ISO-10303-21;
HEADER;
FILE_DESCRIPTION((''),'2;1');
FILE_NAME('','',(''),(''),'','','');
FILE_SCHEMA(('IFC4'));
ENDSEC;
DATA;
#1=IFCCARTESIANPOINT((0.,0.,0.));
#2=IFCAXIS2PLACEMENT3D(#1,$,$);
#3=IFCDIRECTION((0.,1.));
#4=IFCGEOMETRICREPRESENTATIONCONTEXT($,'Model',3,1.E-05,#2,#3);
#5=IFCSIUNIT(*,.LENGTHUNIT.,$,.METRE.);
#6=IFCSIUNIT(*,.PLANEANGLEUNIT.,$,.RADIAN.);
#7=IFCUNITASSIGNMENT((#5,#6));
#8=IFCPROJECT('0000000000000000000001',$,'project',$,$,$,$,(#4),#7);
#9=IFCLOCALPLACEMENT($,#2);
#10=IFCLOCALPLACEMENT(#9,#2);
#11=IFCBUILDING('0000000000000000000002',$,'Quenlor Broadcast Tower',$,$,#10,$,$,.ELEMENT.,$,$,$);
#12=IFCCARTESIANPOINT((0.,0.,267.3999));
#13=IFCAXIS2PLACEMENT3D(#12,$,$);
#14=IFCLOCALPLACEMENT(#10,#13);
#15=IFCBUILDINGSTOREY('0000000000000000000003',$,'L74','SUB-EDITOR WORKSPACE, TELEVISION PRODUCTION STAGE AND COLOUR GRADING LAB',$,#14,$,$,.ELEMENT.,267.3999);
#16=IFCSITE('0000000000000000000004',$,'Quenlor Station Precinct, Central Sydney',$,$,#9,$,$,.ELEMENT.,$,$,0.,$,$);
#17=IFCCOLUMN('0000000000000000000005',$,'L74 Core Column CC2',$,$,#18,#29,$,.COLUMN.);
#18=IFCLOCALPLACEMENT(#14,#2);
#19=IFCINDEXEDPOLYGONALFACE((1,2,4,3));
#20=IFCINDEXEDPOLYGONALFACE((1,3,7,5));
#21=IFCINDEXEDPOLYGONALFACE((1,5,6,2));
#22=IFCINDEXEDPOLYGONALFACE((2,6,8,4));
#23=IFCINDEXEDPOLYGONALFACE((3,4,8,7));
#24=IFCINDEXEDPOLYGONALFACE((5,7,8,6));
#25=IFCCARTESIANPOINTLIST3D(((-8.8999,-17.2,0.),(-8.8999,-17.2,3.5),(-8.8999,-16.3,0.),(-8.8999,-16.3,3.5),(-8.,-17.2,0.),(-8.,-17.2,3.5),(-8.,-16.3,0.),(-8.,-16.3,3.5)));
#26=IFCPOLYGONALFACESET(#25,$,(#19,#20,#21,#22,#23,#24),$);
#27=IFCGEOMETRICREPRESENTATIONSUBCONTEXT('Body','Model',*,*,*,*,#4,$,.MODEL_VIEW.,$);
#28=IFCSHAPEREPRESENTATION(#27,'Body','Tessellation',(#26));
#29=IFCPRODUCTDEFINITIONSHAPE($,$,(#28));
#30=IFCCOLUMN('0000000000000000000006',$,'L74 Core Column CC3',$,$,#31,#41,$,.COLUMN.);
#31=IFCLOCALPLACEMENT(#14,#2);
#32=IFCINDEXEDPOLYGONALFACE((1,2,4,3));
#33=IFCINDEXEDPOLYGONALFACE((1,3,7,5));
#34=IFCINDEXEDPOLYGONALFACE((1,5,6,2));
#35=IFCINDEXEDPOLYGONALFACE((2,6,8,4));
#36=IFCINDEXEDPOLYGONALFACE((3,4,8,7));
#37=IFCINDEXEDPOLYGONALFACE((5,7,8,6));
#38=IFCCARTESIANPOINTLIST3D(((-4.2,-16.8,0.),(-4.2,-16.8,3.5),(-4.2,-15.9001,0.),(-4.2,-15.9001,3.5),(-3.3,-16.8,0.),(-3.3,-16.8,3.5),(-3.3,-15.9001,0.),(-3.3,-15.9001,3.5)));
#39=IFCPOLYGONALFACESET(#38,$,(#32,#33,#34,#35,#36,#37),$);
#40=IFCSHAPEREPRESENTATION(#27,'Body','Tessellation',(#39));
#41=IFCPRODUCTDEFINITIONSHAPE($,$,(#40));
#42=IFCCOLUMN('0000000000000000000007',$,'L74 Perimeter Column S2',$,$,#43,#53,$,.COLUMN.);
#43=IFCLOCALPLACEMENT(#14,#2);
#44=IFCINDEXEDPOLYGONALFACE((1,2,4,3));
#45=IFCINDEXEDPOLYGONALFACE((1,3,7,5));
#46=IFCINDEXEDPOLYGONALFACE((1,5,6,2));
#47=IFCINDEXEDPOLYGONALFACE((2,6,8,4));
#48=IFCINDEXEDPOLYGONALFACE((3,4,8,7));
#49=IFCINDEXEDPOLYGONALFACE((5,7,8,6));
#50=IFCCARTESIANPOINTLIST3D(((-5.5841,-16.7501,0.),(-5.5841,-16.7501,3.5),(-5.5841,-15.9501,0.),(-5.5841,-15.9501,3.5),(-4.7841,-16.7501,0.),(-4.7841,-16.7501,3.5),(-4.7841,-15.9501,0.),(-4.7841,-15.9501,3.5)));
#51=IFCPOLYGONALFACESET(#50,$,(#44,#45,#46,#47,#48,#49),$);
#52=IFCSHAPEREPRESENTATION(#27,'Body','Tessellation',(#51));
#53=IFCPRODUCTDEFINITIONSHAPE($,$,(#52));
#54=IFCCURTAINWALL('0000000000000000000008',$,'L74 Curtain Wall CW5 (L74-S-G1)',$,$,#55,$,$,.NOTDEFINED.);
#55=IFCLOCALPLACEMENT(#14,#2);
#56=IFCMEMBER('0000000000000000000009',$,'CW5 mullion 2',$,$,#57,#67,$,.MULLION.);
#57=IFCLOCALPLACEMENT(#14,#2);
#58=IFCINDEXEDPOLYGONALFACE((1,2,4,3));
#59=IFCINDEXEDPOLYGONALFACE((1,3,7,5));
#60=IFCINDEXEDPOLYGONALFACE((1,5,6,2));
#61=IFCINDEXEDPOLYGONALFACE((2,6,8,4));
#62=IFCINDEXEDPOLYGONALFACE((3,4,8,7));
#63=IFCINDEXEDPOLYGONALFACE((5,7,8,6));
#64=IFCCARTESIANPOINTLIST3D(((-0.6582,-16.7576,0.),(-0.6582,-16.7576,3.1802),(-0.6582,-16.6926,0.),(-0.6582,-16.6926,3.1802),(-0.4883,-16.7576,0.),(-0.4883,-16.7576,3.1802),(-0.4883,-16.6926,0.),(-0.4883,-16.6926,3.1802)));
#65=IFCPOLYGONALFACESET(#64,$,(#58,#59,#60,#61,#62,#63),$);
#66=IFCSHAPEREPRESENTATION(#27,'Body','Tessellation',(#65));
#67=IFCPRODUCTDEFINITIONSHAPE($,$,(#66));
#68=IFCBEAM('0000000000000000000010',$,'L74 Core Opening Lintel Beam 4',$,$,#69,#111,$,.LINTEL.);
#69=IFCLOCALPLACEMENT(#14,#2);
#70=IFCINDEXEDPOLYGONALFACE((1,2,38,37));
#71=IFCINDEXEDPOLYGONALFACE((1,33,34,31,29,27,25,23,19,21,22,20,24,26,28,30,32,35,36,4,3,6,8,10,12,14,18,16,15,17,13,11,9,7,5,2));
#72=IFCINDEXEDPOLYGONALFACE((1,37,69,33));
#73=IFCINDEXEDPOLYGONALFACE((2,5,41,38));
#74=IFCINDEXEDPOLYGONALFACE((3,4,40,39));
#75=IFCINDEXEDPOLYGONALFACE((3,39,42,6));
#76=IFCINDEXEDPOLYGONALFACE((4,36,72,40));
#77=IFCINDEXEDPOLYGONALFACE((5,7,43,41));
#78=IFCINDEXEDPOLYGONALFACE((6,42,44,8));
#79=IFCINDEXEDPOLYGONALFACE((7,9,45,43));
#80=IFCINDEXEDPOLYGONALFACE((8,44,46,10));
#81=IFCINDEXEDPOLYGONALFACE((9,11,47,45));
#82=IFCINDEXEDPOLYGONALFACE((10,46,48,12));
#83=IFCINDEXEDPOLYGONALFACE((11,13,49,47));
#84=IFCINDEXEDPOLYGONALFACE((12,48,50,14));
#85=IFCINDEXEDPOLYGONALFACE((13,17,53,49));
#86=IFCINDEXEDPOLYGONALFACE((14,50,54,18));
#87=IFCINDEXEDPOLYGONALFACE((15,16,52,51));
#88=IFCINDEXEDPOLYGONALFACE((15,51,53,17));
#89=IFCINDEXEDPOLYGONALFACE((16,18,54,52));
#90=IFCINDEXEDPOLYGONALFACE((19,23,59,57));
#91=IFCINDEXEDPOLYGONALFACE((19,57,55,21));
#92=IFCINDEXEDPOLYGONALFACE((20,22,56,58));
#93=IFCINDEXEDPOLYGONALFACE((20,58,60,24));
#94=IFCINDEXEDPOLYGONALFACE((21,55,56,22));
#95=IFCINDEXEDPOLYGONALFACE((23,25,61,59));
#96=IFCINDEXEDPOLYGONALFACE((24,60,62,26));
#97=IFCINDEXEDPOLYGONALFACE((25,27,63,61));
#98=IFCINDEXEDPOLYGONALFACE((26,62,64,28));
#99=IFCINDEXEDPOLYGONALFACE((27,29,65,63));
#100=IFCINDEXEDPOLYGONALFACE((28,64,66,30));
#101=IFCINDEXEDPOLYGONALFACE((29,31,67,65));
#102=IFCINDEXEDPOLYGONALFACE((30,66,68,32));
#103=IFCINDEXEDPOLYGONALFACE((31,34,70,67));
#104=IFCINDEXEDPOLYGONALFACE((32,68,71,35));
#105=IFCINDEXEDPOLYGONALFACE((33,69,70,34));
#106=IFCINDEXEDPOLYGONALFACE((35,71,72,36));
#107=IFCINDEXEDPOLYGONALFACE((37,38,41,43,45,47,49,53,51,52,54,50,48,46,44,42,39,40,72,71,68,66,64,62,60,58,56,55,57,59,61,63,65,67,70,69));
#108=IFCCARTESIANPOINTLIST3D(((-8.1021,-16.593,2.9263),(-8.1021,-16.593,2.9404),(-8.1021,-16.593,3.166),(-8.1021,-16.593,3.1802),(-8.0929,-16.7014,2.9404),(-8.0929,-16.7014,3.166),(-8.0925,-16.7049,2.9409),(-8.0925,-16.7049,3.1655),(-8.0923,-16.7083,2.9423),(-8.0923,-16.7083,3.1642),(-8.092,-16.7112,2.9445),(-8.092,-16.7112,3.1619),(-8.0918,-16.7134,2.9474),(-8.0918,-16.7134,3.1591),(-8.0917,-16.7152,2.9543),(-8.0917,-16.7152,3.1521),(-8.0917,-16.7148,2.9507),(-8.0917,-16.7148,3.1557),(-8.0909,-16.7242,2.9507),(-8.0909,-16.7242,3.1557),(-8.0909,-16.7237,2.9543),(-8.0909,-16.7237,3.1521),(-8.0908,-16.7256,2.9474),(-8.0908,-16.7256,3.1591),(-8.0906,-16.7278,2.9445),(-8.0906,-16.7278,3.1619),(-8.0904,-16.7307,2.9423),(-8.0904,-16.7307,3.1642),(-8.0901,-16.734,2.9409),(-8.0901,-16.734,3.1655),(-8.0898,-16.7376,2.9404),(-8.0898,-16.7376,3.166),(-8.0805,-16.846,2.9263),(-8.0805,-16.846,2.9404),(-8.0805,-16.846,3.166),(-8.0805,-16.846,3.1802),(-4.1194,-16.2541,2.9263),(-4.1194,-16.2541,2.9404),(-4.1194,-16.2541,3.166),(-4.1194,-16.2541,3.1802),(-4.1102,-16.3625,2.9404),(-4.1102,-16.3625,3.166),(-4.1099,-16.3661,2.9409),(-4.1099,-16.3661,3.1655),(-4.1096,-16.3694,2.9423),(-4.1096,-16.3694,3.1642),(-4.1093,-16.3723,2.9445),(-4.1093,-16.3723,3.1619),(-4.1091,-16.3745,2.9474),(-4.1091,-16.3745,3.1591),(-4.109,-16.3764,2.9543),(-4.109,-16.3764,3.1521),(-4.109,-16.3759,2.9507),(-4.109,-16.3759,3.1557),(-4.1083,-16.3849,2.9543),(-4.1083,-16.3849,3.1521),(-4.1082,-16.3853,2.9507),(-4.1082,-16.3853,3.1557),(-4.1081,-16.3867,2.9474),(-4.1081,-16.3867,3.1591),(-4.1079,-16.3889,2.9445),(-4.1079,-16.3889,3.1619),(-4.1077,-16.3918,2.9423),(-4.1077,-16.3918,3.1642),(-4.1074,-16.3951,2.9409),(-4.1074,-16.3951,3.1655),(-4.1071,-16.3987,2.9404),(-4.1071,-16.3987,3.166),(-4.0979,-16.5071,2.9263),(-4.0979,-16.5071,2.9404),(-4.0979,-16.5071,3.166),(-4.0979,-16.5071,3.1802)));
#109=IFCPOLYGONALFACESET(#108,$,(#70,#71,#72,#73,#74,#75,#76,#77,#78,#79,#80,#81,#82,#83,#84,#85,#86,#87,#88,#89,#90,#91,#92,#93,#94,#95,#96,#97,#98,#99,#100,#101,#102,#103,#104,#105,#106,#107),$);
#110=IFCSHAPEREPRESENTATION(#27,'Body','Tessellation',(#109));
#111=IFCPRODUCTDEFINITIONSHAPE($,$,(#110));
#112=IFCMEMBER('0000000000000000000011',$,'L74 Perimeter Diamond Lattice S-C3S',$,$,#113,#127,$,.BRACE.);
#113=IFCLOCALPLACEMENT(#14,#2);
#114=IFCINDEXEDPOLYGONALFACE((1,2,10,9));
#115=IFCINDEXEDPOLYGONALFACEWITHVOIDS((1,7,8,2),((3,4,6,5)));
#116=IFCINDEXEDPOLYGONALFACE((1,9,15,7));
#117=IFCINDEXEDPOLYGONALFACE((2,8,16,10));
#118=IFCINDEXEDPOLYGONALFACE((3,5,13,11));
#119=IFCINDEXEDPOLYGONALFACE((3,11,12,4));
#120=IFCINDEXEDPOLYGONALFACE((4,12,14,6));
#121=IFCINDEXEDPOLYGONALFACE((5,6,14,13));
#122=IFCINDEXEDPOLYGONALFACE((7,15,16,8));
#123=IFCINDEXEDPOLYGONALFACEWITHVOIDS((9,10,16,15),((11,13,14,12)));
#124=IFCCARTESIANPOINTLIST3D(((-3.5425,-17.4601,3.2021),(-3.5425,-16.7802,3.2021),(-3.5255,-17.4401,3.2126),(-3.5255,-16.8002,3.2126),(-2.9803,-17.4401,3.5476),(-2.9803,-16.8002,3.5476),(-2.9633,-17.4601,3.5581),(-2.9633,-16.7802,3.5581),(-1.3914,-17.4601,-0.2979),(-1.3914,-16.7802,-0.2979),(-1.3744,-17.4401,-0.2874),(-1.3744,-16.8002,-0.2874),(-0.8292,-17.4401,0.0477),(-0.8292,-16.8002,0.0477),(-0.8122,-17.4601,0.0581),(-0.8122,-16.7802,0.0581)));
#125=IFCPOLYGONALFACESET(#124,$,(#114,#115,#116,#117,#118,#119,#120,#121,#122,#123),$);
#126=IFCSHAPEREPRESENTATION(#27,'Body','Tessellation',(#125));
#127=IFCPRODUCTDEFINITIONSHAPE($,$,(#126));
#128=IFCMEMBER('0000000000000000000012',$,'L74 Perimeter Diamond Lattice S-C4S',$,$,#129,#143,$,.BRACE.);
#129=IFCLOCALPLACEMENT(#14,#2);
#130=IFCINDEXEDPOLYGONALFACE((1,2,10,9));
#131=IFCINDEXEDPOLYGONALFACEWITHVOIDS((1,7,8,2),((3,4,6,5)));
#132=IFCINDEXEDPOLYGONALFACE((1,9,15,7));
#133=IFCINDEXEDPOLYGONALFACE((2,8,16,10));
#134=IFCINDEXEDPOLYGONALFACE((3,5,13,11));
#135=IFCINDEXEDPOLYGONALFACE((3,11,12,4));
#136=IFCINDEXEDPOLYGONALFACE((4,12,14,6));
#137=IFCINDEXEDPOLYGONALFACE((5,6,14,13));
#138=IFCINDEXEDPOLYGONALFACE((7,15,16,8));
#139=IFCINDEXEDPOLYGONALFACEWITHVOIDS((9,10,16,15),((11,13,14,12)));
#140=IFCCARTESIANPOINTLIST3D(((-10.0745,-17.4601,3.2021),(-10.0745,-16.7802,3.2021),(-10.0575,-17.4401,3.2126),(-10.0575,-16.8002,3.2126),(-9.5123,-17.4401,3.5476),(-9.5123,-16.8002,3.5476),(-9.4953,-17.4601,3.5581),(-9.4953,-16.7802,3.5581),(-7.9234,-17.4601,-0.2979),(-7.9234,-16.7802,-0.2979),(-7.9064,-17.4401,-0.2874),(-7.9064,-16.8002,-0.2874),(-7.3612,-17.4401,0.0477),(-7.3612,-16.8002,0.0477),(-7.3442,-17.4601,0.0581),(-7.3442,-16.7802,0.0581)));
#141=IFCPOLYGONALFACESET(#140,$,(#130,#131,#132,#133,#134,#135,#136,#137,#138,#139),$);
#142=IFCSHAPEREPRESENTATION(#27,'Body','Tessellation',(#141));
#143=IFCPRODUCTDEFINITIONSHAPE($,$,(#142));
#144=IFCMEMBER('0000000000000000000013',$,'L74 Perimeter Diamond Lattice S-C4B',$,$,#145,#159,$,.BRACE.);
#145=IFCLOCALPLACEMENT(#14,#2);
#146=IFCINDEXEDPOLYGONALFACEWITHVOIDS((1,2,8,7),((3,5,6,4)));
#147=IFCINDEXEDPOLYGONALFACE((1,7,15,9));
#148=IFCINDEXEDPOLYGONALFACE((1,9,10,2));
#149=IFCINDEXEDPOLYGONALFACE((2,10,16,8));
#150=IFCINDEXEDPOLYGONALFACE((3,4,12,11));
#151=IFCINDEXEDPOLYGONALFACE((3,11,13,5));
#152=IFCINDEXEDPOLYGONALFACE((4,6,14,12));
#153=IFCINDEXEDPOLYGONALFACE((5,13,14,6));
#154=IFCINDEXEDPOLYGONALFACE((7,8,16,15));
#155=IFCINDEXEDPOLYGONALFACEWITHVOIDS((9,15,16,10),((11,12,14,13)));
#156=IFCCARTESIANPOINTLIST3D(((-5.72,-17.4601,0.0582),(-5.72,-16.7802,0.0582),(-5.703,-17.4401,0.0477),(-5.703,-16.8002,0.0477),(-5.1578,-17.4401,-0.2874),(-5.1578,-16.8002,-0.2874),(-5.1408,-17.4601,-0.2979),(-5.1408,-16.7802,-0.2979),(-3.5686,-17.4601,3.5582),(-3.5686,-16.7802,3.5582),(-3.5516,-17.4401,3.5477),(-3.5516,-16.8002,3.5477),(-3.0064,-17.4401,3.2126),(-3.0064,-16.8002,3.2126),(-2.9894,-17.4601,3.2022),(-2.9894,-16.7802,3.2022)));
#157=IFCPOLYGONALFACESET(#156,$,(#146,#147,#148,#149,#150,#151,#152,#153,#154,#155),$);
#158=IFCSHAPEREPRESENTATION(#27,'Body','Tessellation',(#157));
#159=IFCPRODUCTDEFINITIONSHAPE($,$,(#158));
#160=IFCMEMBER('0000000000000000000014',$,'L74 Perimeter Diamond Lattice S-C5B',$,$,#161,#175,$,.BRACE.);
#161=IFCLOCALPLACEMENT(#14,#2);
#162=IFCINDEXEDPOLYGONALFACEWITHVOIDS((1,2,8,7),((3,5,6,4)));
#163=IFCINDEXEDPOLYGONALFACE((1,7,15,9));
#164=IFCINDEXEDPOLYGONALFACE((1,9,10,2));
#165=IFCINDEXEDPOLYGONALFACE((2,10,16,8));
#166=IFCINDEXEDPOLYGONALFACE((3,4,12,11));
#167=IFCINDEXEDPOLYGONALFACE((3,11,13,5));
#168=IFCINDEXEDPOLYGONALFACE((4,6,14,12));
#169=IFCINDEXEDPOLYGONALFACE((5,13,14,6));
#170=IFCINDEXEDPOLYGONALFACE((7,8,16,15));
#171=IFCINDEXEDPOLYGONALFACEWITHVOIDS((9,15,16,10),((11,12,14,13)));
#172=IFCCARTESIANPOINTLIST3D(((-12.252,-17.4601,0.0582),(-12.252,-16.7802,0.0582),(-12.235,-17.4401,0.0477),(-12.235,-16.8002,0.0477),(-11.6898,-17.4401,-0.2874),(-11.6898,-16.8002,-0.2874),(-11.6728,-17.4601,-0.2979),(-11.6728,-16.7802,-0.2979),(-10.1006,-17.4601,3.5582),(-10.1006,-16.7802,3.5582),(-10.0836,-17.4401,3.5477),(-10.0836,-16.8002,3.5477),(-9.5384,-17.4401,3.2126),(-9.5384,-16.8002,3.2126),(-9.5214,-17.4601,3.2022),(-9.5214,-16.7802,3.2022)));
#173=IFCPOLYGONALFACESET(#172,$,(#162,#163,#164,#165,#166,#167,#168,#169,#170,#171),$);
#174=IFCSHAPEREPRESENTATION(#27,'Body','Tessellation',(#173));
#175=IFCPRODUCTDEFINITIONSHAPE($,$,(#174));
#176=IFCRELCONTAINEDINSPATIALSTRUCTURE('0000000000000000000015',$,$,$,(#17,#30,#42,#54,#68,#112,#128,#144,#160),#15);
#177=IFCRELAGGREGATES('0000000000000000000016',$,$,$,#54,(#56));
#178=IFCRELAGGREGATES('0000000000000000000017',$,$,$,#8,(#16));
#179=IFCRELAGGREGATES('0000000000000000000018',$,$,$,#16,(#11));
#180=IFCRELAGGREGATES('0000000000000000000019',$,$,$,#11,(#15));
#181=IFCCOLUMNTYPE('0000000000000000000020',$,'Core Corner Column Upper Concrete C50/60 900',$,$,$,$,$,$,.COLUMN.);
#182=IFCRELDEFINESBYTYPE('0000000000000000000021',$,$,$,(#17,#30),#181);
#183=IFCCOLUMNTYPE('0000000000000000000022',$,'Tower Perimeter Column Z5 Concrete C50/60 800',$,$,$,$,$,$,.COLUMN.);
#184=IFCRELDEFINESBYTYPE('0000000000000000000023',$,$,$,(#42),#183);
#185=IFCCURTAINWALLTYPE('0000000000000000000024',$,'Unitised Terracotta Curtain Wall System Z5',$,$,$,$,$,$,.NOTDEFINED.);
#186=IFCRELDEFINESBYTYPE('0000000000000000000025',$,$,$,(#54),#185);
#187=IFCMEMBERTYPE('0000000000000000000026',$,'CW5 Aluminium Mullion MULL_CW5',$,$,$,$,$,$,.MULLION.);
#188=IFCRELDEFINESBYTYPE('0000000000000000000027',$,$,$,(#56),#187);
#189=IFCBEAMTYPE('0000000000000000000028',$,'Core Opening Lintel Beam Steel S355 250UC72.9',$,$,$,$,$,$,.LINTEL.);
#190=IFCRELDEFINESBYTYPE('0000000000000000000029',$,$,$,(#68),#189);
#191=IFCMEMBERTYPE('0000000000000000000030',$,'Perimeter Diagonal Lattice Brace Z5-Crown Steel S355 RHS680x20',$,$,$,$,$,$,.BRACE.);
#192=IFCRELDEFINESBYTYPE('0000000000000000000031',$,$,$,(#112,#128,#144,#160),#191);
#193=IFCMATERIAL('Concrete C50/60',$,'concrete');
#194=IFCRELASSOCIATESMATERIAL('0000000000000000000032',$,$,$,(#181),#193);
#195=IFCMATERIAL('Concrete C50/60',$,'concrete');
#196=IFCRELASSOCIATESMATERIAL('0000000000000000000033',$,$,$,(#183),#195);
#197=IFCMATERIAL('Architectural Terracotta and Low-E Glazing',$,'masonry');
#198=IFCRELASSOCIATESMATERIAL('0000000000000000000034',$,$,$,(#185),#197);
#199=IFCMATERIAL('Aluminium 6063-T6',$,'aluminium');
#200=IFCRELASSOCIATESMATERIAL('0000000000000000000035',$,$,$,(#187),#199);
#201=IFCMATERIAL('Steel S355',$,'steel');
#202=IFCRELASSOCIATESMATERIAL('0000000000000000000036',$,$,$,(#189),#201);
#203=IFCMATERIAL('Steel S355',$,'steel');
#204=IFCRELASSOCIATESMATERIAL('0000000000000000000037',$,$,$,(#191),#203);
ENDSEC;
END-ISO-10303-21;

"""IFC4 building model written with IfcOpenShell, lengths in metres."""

from ifc_helpers import new_model, si_unit, direction, frame, origin, origin_2d, place, context, subcontext, project, spatial, rectangle, hollow_rectangle, i_section, extrude, material, material_profile, profile_set, type_object, element, aggregate, save


model = new_model("IFC4")

# Units and contexts
model_context = context("Model", 3, precision=1e-05, world=origin(), true_north=direction((0.0, 1.0)))
body_context = subcontext(model_context, "Body", "Model", "MODEL_VIEW")
ifc_project = project(units=[si_unit("LENGTHUNIT", "METRE"), si_unit("PLANEANGLEUNIT", "RADIAN")], contexts=[model_context])

# Site, building, storey
site_placement = place(None, origin())
site = spatial("IfcSite", under=ifc_project, at=site_placement, Name="Quenlor Station Precinct, Central Sydney", CompositionType="ELEMENT", RefElevation=0.0)
building_placement = place(site_placement, origin())
building = spatial("IfcBuilding", under=site, at=building_placement, Name="Quenlor Broadcast Tower", CompositionType="ELEMENT")
storey_placement = place(building_placement, frame((0.0, 0.0, 267.3999)))
storey = spatial("IfcBuildingStorey", under=building, at=storey_placement, Name="L74", Description="SUB-EDITOR WORKSPACE, TELEVISION PRODUCTION STAGE AND COLOUR GRADING LAB", CompositionType="ELEMENT", Elevation=267.3999)

# Columns
ifc_material_1 = material(Name="Concrete C50/60", Category="concrete")
ifc_material_profile_1 = material_profile(ifc_material_1, rectangle(XDim=0.8999, YDim=0.8999, at=origin_2d()))
ifc_profile_set_1 = profile_set([ifc_material_profile_1], Name="Concrete C50/60 RC900x900")
column_type_1 = type_object("IfcColumnType", Name="Core Corner Column Upper Concrete C50/60 900", PredefinedType="COLUMN", material=ifc_profile_set_1)
for number, where, z_axis, x_axis, name in (
    (1, (-8.45, -16.75, 0.0), (0.0, 0.0, 1.0), (1.0, 0.0, 0.0), "L74 Core Column CC2"),
    (2, (-3.75, -16.3501, 0.0), (0.0, 0.0, 1.0), (1.0, 0.0, 0.0), "L74 Core Column CC3"),
):
    element("IfcColumn", number, at=place(storey_placement, frame(where, z_axis=z_axis, x_axis=x_axis)), inside=storey, type_object=column_type_1, Name=name, PredefinedType="COLUMN", context=body_context, shape_type="SweptSolid", body=[
        extrude(rectangle(XDim=0.8999, YDim=0.8999, at=origin_2d()), origin(), (0.0, 0.0, 1.0), 3.5),
    ])
ifc_material_2 = material(Name="Concrete C50/60", Category="concrete")
ifc_material_profile_2 = material_profile(ifc_material_2, rectangle(XDim=0.8, YDim=0.8, at=origin_2d()))
ifc_profile_set_2 = profile_set([ifc_material_profile_2], Name="Concrete C50/60 RC800x800")
column_type_2 = type_object("IfcColumnType", Name="Tower Perimeter Column Z5 Concrete C50/60 800", PredefinedType="COLUMN", material=ifc_profile_set_2)
column_placement = place(storey_placement, frame((-5.1841, -16.3501, 0.0), z_axis=(0.0, 0.0, 1.0), x_axis=(0.0, 1.0, 0.0)))
element("IfcColumn", 3, at=column_placement, inside=storey, type_object=column_type_2, Name="L74 Perimeter Column S2", PredefinedType="COLUMN", context=body_context, shape_type="SweptSolid", body=[
    extrude(rectangle(XDim=0.8, YDim=0.8, at=origin_2d()), origin(), (0.0, 0.0, 1.0), 3.5),
])

# Curtain wall, member
ifc_material_3 = material(Name="Architectural Terracotta and Low-E Glazing", Category="masonry")
curtain_wall_type = type_object("IfcCurtainWallType", Name="Unitised Terracotta Curtain Wall System Z5", PredefinedType="NOTDEFINED", material=ifc_material_3)
curtain_wall_placement = place(storey_placement, origin())
curtain_wall = element("IfcCurtainWall", 4, at=curtain_wall_placement, inside=storey, type_object=curtain_wall_type, Name="L74 Curtain Wall CW5 (L74-S-G1)", PredefinedType="NOTDEFINED")
ifc_material_4 = material(Name="Aluminium 6063-T6", Category="aluminium")
ifc_material_profile_3 = material_profile(ifc_material_4, rectangle(XDim=0.0649, YDim=0.1699, at=origin_2d()))
ifc_profile_set_3 = profile_set([ifc_material_profile_3], Name="Aluminium 6063-T6 MULL65x170")
member_type_1 = type_object("IfcMemberType", Name="CW5 Aluminium Mullion MULL_CW5", PredefinedType="MULLION", material=ifc_profile_set_3)
member_placement = place(storey_placement, frame((-0.5732, -16.7251, 0.0), z_axis=(0.0, 0.0, 1.0), x_axis=(0.0, -1.0, 0.0)))
member = element("IfcMember", 5, at=member_placement, type_object=member_type_1, Name="CW5 mullion 2", PredefinedType="MULLION", context=body_context, shape_type="SweptSolid", body=[
    extrude(rectangle(XDim=0.0649, YDim=0.1699, at=origin_2d()), origin(), (0.0, 0.0, 1.0), 3.1802),
])

# Beam
ifc_material_5 = material(Name="Steel S355", Category="steel")
ifc_material_profile_4 = material_profile(ifc_material_5, i_section(OverallWidth=0.2539, OverallDepth=0.2539, WebThickness=0.0085, FlangeThickness=0.0142, FilletRadius=0.0139, at=origin_2d()))
ifc_profile_set_4 = profile_set([ifc_material_profile_4], Name="Steel S355 250UC72.9")
beam_type_1 = type_object("IfcBeamType", Name="Core Opening Lintel Beam Steel S355 250UC72.9", PredefinedType="LINTEL", material=ifc_profile_set_4)
beam_1_placement = place(storey_placement, frame((-8.0913, -16.7195, 3.0532), z_axis=(0.9964, 0.084779, 0.0), x_axis=(-0.084779, 0.9964, 0.0)))
element("IfcBeam", 6, at=beam_1_placement, inside=storey, type_object=beam_type_1, Name="L74 Core Opening Lintel Beam 4", PredefinedType="LINTEL", context=body_context, shape_type="SweptSolid", body=[
    extrude(i_section(OverallWidth=0.2539, OverallDepth=0.2539, WebThickness=0.0085, FlangeThickness=0.0142, FilletRadius=0.0139, at=origin_2d()), origin(), (0.0, 0.0, 1.0), 3.9971),
])

# Members
ifc_material_6 = material(Name="Steel S355", Category="steel")
ifc_material_profile_5 = material_profile(ifc_material_6, hollow_rectangle(XDim=0.6799, YDim=0.6799, WallThickness=0.02, at=origin_2d()))
ifc_profile_set_5 = profile_set([ifc_material_profile_5], Name="Steel S355 RHS680x680x20")
member_type_2 = type_object("IfcMemberType", Name="Perimeter Diagonal Lattice Brace Z5-Crown Steel S355 RHS680x20", PredefinedType="BRACE", material=ifc_profile_set_5)
for number, where, z_axis, x_axis, name in (
    (7, (-1.1018, -17.1201, -0.1199), (-0.523617, 0.0, 0.851954), (0.0, -1.0, 0.0), "L74 Perimeter Diamond Lattice S-C3S"),
    (8, (-7.6338, -17.1201, -0.1199), (-0.523617, 0.0, 0.851954), (0.0, -1.0, 0.0), "L74 Perimeter Diamond Lattice S-C4S"),
):
    element("IfcMember", number, at=place(storey_placement, frame(where, z_axis=z_axis, x_axis=x_axis)), inside=storey, type_object=member_type_2, Name=name, PredefinedType="BRACE", context=body_context, shape_type="SweptSolid", body=[
        extrude(hollow_rectangle(XDim=0.6799, YDim=0.6799, WallThickness=0.02, at=origin_2d()), origin(), (0.0, 0.0, 1.0), 4.1082),
    ])
for number, where, z_axis, x_axis, name in (
    (9, (-5.4304, -17.1201, -0.1199), (0.52366, 0.0, 0.851928), (0.0, 1.0, 0.0), "L74 Perimeter Diamond Lattice S-C4B"),
    (10, (-11.9624, -17.1201, -0.1199), (0.52366, 0.0, 0.851928), (0.0, 1.0, 0.0), "L74 Perimeter Diamond Lattice S-C5B"),
):
    element("IfcMember", number, at=place(storey_placement, frame(where, z_axis=z_axis, x_axis=x_axis)), inside=storey, type_object=member_type_2, Name=name, PredefinedType="BRACE", context=body_context, shape_type="SweptSolid", body=[
        extrude(hollow_rectangle(XDim=0.6799, YDim=0.6799, WallThickness=0.02, at=origin_2d()), origin(), (0.0, 0.0, 1.0), 4.1084),
    ])

aggregate(curtain_wall, [member])

save(model, "model.ifc")
